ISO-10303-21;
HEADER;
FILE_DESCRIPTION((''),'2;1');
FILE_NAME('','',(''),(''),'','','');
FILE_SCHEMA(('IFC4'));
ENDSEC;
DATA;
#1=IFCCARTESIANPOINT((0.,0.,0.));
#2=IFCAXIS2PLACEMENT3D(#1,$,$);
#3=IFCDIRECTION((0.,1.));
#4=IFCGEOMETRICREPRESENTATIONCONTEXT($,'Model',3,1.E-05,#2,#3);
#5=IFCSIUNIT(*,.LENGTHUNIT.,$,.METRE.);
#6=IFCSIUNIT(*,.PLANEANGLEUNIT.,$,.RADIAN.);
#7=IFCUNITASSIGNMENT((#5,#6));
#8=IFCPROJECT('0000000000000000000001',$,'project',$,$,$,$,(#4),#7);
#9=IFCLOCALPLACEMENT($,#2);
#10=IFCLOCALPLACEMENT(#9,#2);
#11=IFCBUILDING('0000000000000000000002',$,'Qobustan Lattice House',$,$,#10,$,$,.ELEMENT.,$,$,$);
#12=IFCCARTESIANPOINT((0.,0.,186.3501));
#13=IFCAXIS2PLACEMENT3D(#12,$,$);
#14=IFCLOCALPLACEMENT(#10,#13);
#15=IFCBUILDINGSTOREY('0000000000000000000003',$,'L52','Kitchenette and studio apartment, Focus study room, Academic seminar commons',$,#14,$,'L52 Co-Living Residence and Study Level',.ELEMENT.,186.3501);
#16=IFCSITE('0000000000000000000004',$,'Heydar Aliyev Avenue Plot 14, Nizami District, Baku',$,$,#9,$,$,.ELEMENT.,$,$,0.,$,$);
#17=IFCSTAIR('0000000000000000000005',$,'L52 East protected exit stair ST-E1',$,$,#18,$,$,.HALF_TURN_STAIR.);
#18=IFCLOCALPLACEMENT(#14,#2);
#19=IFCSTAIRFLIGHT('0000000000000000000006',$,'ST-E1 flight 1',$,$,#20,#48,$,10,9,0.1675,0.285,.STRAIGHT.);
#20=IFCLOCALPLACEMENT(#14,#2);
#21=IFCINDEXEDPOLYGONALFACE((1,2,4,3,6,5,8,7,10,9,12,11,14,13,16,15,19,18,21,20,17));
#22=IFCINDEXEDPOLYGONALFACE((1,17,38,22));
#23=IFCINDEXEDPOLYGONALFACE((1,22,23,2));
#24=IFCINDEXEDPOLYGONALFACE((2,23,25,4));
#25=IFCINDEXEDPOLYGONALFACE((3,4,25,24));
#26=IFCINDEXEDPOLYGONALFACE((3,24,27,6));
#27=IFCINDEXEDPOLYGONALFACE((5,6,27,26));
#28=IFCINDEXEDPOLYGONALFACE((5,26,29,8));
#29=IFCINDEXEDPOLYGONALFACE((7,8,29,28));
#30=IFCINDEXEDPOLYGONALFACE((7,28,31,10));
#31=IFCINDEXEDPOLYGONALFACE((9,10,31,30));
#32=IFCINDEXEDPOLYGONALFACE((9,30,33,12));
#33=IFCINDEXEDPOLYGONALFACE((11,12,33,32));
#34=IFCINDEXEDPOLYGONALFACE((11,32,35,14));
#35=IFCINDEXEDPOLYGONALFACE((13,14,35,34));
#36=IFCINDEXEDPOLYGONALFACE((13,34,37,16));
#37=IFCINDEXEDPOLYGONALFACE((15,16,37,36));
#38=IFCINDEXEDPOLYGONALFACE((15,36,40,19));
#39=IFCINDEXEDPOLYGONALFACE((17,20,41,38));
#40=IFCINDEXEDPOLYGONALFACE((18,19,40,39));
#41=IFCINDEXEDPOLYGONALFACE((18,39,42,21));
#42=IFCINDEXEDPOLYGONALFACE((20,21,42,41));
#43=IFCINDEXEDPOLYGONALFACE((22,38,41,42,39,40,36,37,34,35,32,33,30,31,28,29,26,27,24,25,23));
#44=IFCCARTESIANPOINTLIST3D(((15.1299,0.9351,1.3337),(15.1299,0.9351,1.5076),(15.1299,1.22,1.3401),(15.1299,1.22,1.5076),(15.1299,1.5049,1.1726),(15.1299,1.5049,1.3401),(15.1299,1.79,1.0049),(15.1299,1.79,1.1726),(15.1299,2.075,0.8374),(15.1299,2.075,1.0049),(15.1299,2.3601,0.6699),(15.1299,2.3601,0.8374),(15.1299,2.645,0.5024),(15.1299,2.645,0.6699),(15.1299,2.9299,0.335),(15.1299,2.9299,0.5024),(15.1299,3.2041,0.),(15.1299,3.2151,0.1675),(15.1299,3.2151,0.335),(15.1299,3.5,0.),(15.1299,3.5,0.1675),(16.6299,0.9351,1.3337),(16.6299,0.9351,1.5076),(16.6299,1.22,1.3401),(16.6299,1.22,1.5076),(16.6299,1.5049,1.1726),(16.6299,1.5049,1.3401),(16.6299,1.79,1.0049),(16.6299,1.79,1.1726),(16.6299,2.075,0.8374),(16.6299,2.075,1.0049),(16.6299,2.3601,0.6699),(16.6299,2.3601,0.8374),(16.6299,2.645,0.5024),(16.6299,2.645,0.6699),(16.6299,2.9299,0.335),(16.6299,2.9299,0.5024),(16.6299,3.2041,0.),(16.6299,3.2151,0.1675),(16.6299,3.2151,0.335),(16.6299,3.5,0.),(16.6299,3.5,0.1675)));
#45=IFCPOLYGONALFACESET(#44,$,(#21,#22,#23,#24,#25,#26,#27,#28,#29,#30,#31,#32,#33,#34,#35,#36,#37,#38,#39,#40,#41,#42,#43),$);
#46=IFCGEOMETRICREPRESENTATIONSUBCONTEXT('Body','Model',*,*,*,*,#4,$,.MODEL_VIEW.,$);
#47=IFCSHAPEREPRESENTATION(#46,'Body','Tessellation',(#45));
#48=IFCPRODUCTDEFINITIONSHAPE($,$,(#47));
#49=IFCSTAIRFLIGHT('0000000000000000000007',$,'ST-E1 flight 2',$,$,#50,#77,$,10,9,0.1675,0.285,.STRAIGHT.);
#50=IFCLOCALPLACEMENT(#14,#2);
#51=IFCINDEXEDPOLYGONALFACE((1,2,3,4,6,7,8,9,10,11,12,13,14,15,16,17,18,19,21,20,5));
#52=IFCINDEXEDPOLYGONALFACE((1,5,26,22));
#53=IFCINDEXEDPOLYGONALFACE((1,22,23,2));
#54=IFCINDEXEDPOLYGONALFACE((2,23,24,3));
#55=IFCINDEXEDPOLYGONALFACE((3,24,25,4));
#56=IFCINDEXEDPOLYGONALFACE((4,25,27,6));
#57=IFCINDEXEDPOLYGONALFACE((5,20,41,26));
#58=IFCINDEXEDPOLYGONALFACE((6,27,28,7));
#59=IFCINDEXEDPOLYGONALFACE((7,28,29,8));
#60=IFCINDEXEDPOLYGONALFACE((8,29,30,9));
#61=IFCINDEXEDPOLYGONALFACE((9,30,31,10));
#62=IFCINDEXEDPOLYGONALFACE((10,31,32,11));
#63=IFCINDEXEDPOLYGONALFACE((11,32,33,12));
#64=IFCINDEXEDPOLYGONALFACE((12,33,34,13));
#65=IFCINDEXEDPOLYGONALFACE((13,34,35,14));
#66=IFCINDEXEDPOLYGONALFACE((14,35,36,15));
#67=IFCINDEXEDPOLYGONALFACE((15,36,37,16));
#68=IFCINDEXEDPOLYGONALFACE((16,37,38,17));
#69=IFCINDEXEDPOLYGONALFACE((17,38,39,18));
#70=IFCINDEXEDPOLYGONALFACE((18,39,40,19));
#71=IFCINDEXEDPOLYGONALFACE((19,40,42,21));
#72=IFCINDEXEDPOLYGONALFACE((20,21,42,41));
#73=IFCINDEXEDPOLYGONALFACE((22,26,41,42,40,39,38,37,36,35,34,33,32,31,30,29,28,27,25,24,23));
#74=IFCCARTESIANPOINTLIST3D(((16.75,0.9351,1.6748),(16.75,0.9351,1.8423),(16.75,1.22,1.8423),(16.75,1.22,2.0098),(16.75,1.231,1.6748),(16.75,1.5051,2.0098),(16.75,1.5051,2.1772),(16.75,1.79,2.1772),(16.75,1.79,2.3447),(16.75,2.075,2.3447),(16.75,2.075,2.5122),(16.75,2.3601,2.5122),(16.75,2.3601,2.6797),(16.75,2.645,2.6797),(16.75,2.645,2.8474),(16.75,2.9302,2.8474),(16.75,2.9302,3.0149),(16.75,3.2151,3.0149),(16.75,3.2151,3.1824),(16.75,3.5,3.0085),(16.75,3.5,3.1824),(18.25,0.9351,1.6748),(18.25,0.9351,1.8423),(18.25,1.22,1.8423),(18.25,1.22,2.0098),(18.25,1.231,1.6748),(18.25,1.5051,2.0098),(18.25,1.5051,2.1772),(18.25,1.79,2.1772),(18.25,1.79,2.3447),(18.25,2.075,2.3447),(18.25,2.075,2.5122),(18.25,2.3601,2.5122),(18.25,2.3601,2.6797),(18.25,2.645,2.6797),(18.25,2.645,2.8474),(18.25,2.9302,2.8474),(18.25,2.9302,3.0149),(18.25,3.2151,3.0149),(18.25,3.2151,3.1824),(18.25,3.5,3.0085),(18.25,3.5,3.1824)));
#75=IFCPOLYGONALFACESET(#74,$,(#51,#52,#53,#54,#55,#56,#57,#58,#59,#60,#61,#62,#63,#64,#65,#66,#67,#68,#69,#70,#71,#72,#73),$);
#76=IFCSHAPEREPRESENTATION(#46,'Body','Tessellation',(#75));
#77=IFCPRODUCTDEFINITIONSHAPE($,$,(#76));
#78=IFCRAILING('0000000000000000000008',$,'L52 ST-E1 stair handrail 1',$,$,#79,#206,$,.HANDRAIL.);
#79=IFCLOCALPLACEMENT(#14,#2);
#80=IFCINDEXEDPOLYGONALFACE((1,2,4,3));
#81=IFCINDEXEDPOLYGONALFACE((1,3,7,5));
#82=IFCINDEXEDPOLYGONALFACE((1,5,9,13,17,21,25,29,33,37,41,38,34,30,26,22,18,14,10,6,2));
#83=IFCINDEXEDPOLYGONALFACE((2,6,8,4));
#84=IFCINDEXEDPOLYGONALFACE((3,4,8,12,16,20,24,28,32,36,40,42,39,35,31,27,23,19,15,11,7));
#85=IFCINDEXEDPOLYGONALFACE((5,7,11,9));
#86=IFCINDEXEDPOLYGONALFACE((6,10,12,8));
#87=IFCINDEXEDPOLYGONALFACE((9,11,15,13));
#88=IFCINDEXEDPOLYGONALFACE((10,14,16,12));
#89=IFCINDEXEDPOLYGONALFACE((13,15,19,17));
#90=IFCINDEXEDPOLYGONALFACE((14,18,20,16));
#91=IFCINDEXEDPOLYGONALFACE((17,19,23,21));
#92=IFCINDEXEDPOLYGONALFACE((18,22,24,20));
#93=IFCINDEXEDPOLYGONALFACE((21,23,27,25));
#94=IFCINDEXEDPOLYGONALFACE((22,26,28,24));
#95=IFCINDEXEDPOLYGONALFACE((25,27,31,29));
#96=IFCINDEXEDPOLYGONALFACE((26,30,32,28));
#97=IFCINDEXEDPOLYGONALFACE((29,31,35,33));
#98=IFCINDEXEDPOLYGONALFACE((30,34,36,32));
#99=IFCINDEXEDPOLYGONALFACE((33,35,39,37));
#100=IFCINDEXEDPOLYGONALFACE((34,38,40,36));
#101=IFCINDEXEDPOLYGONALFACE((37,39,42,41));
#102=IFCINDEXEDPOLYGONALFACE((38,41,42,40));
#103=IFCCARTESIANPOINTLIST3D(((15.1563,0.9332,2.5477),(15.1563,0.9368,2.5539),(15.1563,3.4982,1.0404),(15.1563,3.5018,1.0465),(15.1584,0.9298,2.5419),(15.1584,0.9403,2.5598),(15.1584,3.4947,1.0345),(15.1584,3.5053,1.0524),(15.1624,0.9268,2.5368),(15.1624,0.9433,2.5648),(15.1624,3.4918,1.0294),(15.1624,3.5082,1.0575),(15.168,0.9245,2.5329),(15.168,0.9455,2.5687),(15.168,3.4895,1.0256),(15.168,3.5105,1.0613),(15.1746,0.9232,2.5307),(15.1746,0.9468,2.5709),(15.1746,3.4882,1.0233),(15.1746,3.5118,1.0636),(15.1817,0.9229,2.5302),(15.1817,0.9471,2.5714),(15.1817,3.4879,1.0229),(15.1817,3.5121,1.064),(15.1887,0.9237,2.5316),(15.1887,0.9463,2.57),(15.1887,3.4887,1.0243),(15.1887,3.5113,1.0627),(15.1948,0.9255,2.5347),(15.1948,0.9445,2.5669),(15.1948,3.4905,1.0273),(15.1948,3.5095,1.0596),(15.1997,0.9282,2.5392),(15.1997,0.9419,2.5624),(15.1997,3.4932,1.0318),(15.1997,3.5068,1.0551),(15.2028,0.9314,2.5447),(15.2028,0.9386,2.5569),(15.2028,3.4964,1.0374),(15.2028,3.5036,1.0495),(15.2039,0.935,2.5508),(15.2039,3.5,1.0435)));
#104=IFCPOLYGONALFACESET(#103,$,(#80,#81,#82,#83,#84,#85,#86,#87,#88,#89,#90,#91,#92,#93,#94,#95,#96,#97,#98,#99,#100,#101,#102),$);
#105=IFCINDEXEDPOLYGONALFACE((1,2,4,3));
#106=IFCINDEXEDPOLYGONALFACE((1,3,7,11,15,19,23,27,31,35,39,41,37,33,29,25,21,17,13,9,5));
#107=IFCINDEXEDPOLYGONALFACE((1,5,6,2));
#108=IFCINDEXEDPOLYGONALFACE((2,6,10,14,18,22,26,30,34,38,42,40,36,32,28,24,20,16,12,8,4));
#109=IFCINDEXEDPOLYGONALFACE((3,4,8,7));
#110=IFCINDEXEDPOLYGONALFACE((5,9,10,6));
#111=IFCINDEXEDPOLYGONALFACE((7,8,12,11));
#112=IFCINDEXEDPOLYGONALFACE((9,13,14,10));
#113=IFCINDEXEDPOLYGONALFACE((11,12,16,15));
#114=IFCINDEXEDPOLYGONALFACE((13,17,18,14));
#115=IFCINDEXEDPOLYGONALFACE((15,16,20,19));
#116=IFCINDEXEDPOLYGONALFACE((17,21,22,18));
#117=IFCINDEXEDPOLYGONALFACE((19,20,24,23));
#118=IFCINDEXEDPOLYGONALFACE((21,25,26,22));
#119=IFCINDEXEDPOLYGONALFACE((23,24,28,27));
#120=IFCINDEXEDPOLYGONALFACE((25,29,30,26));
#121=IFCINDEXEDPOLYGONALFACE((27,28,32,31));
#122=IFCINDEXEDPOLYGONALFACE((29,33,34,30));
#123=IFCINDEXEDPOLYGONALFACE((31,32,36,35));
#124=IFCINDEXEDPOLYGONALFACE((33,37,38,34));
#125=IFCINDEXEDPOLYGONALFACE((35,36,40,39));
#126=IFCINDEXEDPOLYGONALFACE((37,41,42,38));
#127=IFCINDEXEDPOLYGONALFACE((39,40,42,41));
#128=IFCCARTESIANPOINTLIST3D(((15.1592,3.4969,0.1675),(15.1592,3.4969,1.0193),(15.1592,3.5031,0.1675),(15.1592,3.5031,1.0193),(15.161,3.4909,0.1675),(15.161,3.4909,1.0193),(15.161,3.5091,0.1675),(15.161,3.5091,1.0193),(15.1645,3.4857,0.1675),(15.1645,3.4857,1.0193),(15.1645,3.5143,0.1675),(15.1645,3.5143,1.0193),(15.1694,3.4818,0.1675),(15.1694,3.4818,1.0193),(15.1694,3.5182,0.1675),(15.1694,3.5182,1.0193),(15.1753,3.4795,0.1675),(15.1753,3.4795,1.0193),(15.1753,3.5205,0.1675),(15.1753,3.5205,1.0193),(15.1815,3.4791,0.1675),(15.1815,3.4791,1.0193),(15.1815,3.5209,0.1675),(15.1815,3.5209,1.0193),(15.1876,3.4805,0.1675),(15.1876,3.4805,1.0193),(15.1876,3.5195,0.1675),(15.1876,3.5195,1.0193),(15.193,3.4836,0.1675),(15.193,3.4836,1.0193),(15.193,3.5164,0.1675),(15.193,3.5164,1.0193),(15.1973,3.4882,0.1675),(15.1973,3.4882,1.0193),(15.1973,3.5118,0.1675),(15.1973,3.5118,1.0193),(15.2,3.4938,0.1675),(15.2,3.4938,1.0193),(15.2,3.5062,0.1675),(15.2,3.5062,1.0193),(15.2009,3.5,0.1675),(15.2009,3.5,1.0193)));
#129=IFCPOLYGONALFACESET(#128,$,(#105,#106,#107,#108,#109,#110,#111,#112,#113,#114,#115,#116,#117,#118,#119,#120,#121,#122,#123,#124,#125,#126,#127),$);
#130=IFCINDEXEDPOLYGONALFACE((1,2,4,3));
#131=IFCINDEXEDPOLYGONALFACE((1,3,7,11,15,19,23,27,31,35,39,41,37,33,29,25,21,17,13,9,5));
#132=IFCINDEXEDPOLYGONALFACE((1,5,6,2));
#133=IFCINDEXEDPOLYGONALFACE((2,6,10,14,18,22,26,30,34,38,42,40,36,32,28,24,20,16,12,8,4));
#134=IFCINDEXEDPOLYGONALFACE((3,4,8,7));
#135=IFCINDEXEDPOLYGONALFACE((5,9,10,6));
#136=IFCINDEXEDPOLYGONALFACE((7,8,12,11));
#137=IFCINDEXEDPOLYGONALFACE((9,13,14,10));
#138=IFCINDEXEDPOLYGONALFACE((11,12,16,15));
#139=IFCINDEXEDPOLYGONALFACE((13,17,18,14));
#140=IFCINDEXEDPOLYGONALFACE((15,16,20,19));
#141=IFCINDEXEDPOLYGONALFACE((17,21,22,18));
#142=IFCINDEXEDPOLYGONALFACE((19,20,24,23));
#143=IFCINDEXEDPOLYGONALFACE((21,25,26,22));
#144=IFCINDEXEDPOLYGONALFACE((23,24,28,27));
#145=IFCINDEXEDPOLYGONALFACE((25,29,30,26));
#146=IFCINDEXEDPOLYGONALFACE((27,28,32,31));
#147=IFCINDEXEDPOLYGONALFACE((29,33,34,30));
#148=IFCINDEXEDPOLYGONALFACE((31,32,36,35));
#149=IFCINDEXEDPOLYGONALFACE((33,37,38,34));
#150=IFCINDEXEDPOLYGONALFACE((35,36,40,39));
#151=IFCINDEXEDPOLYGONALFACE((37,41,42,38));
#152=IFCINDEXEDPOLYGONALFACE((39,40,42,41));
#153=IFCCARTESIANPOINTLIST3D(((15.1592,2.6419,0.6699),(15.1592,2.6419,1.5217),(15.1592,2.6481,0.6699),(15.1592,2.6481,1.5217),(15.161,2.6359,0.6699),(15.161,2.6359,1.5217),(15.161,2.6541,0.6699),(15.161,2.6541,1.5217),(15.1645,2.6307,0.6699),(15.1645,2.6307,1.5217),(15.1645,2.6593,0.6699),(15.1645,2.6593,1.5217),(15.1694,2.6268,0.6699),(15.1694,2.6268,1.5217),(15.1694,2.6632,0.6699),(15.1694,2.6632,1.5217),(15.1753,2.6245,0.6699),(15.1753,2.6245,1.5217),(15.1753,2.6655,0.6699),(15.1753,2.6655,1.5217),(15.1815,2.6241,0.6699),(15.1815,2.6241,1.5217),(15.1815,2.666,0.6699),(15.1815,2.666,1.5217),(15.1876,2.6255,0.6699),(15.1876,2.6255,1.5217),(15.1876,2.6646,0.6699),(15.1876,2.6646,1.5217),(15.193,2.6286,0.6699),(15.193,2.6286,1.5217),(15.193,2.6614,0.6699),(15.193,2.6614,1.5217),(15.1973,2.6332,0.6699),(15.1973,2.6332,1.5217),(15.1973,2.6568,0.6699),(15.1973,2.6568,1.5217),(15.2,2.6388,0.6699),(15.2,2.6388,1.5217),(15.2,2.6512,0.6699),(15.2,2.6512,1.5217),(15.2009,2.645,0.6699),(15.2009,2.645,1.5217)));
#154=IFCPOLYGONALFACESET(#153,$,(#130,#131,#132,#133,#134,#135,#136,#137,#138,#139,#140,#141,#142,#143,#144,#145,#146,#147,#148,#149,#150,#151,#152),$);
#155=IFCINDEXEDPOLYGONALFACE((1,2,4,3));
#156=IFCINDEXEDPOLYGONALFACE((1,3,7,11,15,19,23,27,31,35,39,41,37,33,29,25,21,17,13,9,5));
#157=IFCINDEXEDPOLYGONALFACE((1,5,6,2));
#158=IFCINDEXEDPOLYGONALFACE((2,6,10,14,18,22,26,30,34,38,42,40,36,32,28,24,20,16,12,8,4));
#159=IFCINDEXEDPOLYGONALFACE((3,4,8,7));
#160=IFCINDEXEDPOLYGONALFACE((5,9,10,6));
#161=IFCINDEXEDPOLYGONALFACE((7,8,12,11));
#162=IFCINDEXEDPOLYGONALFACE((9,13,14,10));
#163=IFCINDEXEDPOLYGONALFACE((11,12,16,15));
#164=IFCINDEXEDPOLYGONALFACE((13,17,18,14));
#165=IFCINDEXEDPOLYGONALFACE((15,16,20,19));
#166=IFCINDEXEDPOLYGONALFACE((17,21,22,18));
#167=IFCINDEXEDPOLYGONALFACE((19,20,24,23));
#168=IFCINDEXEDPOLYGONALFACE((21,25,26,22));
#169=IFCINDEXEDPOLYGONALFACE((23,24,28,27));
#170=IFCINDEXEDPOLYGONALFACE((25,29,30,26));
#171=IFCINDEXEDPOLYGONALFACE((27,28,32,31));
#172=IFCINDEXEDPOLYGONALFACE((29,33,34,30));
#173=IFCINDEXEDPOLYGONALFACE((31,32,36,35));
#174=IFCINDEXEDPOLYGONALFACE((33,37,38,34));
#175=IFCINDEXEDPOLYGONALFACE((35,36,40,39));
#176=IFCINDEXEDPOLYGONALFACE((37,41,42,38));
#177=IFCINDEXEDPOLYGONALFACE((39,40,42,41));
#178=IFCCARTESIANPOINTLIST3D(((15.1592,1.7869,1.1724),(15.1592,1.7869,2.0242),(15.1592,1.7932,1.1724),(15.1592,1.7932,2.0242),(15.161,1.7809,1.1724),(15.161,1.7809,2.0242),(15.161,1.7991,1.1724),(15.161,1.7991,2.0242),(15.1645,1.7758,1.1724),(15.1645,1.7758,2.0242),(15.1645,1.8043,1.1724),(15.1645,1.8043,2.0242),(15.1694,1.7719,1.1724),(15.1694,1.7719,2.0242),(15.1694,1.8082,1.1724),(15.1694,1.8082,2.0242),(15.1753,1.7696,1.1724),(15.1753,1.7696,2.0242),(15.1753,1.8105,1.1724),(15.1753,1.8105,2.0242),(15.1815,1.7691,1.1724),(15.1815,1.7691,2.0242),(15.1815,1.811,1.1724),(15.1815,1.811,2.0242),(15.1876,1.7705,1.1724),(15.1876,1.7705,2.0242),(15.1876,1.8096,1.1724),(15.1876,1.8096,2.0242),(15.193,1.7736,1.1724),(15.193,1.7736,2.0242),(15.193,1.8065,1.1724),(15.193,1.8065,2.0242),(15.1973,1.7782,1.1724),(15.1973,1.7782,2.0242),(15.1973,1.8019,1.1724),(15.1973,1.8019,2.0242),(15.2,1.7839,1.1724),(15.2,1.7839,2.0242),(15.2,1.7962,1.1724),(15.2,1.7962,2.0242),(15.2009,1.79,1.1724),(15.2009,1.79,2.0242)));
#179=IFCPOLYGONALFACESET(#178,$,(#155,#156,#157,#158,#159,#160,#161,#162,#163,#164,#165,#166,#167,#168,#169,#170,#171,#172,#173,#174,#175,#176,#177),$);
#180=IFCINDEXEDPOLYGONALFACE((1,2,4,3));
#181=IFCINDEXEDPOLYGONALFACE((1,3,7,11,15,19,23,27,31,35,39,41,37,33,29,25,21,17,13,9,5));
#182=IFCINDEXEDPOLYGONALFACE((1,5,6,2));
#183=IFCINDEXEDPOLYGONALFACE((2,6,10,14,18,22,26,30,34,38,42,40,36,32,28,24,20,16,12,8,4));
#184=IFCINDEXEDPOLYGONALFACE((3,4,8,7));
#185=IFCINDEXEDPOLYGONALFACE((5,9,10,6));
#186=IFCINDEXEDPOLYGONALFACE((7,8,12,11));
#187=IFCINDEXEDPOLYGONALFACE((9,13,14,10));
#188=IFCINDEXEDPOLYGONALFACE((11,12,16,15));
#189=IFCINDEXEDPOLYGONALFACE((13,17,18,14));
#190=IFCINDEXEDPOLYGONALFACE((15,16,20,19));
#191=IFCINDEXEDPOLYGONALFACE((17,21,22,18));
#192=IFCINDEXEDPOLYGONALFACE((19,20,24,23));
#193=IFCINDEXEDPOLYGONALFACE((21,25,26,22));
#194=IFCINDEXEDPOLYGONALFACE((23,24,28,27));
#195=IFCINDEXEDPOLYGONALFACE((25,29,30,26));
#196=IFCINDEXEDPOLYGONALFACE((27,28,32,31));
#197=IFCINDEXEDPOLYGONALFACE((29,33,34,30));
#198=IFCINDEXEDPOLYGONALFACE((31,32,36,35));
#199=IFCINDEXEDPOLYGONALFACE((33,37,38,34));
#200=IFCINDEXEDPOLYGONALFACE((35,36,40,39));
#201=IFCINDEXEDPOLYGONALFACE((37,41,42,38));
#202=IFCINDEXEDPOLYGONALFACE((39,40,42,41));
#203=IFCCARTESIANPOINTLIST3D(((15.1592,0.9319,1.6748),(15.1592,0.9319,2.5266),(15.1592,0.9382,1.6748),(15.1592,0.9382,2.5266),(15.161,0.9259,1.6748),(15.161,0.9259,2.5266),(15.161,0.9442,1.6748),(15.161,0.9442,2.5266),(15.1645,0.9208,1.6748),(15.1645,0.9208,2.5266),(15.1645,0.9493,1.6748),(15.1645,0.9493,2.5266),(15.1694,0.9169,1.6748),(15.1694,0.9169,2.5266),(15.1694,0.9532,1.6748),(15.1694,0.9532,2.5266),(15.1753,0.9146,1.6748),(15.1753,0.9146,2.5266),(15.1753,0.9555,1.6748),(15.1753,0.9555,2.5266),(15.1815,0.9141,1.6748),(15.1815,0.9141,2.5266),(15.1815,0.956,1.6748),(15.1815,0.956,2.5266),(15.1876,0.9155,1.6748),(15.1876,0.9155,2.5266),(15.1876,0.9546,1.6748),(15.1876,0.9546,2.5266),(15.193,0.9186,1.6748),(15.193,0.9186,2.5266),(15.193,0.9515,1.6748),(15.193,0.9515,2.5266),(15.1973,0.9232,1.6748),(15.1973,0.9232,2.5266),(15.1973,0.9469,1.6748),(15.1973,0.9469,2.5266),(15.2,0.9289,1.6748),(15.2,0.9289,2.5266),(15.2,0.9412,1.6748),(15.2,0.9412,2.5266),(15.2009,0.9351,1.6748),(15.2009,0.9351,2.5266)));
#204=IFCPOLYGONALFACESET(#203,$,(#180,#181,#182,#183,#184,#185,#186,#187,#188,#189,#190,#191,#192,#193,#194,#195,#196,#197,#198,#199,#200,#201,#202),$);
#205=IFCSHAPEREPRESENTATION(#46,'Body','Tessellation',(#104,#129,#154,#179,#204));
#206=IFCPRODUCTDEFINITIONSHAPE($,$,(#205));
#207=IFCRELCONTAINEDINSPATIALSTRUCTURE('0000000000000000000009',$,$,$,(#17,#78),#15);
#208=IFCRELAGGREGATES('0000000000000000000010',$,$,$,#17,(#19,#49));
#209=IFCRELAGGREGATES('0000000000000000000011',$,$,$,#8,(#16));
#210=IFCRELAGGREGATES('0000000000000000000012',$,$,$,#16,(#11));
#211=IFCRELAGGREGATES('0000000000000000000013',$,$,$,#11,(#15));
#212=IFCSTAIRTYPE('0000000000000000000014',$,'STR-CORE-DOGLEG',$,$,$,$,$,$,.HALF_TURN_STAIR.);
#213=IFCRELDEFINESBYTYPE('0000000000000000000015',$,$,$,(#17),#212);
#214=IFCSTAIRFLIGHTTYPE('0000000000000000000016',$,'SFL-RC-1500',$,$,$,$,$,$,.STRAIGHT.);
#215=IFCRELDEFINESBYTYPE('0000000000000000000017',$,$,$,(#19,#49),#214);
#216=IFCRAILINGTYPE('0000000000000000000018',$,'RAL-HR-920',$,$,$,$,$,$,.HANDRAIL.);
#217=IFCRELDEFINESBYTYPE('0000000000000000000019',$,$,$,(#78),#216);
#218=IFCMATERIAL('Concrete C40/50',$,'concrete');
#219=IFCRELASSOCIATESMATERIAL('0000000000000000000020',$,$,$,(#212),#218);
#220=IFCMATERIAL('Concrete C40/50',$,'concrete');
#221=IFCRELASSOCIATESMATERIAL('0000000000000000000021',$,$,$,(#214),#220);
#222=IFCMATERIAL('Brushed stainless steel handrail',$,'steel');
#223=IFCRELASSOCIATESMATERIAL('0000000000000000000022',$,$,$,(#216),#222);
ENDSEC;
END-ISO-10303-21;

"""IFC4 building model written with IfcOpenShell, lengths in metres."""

from ifc_helpers import new_model, si_unit, direction, frame, origin, origin_2d, place, context, subcontext, project, spatial, polyline, circle, outline, extrude, material, type_object, element, aggregate, save


model = new_model("IFC4")

# Units and contexts
model_context = context("Model", 3, precision=1e-05, world=origin(), true_north=direction((0.0, 1.0)))
body_context = subcontext(model_context, "Body", "Model", "MODEL_VIEW")
ifc_project = project(units=[si_unit("LENGTHUNIT", "METRE"), si_unit("PLANEANGLEUNIT", "RADIAN")], contexts=[model_context])

# Site, building, storey
site_placement = place(None, origin())
site = spatial("IfcSite", under=ifc_project, at=site_placement, Name="Heydar Aliyev Avenue Plot 14, Nizami District, Baku", CompositionType="ELEMENT", RefElevation=0.0)
building_placement = place(site_placement, origin())
building = spatial("IfcBuilding", under=site, at=building_placement, Name="Qobustan Lattice House", CompositionType="ELEMENT")
storey_placement = place(building_placement, frame((0.0, 0.0, 186.3501)))
storey = spatial("IfcBuildingStorey", under=building, at=storey_placement, Name="L52", Description="Kitchenette and studio apartment, Focus study room, Academic seminar commons", LongName="L52 Co-Living Residence and Study Level", CompositionType="ELEMENT", Elevation=186.3501)

# Stair, stair flights
ifc_material_1 = material(Name="Concrete C40/50", Category="concrete")
stair_type = type_object("IfcStairType", Name="STR-CORE-DOGLEG", PredefinedType="HALF_TURN_STAIR", material=ifc_material_1)
stair_placement = place(storey_placement, origin())
stair = element("IfcStair", 1, at=stair_placement, inside=storey, type_object=stair_type, Name="L52 East protected exit stair ST-E1", PredefinedType="HALF_TURN_STAIR")
ifc_material_2 = material(Name="Concrete C40/50", Category="concrete")
stair_flight_type = type_object("IfcStairFlightType", Name="SFL-RC-1500", PredefinedType="STRAIGHT", material=ifc_material_2)
stair_flight_1_placement = place(storey_placement, frame((15.8799, 3.5, 0.0), z_axis=(0.0, 0.0, 1.0), x_axis=(0.0, -1.0, 0.0)))
stair_flight_1 = element("IfcStairFlight", 2, at=stair_flight_1_placement, type_object=stair_flight_type, Name="ST-E1 flight 1", NumberOfRisers=10, NumberOfTreads=9, PredefinedType="STRAIGHT", RiserHeight=0.1675, TreadLength=0.285, context=body_context, shape_type="SweptSolid", body=[
    extrude(outline(polyline([(0.0, 0.0), (0.0, 0.1675), (0.2849, 0.1675), (0.2849, 0.335), (0.5701, 0.335), (0.5701, 0.5024), (0.855, 0.5024), (0.855, 0.6699), (1.1399, 0.6699), (1.1399, 0.8374), (1.425, 0.8374), (1.425, 1.0049), (1.71, 1.0049), (1.71, 1.1726), (1.9951, 1.1726), (1.9951, 1.3401), (2.28, 1.3401), (2.28, 1.5076), (2.5649, 1.5076), (2.5649, 1.675), (2.5649, 1.3337), (0.2959, 0.0), (0.0, 0.0)])), frame((0.0, 0.75, 0.0), z_axis=(0.0, -1.0, 0.0), x_axis=(1.0, 0.0, 0.0)), (0.0, 0.0, 1.0), 1.5),
])
stair_flight_2_placement = place(storey_placement, frame((17.5, 0.9351, 1.6748), z_axis=(0.0, 0.0, 1.0), x_axis=(0.0, 1.0, 0.0)))
stair_flight_2 = element("IfcStairFlight", 3, at=stair_flight_2_placement, type_object=stair_flight_type, Name="ST-E1 flight 2", NumberOfRisers=10, NumberOfTreads=9, PredefinedType="STRAIGHT", RiserHeight=0.1675, TreadLength=0.285, context=body_context, shape_type="SweptSolid", body=[
    extrude(outline(polyline([(0.0, 0.0), (0.0, 0.1675), (0.2849, 0.1675), (0.2849, 0.335), (0.5701, 0.335), (0.5701, 0.5024), (0.855, 0.5024), (0.855, 0.6699), (1.1399, 0.6699), (1.1399, 0.8374), (1.425, 0.8374), (1.425, 1.0049), (1.71, 1.0049), (1.71, 1.1726), (1.9951, 1.1726), (1.9951, 1.3401), (2.28, 1.3401), (2.28, 1.5076), (2.5649, 1.5076), (2.5649, 1.675), (2.5649, 1.3337), (0.2959, 0.0), (0.0, 0.0)])), frame((0.0, 0.75, 0.0), z_axis=(0.0, -1.0, 0.0), x_axis=(1.0, 0.0, 0.0)), (0.0, 0.0, 1.0), 1.5),
])
aggregate(stair, [stair_flight_1, stair_flight_2])

# Railing
ifc_material_3 = material(Name="Brushed stainless steel handrail", Category="steel")
railing_type_1 = type_object("IfcRailingType", Name="RAL-HR-920", PredefinedType="HANDRAIL", material=ifc_material_3)
railing_1_placement = place(storey_placement, frame((15.1799, 3.5, 0.1675)))
element("IfcRailing", 4, at=railing_1_placement, inside=storey, type_object=railing_type_1, Name="L52 ST-E1 stair handrail 1", PredefinedType="HANDRAIL", context=body_context, shape_type="SweptSolid", body=[
    extrude(circle(Radius=0.0239, at=origin_2d()), frame((0.0, 0.0, 0.876), z_axis=(0.0, -0.862149, 0.506654), x_axis=(1.0, 0.0, 0.0)), (0.0, 0.0, 1.0), 2.9751),
    extrude(circle(Radius=0.021, at=origin_2d()), origin(), (0.0, 0.0, 1.0), 0.8518),
    extrude(circle(Radius=0.021, at=origin_2d()), frame((0.0, -0.855, 0.5024)), (0.0, 0.0, 1.0), 0.8518),
    extrude(circle(Radius=0.021, at=origin_2d()), frame((0.0, -1.71, 1.0049)), (0.0, 0.0, 1.0), 0.8518),
    extrude(circle(Radius=0.021, at=origin_2d()), frame((0.0, -2.5649, 1.5073)), (0.0, 0.0, 1.0), 0.8518),
])

save(model, "model.ifc")
